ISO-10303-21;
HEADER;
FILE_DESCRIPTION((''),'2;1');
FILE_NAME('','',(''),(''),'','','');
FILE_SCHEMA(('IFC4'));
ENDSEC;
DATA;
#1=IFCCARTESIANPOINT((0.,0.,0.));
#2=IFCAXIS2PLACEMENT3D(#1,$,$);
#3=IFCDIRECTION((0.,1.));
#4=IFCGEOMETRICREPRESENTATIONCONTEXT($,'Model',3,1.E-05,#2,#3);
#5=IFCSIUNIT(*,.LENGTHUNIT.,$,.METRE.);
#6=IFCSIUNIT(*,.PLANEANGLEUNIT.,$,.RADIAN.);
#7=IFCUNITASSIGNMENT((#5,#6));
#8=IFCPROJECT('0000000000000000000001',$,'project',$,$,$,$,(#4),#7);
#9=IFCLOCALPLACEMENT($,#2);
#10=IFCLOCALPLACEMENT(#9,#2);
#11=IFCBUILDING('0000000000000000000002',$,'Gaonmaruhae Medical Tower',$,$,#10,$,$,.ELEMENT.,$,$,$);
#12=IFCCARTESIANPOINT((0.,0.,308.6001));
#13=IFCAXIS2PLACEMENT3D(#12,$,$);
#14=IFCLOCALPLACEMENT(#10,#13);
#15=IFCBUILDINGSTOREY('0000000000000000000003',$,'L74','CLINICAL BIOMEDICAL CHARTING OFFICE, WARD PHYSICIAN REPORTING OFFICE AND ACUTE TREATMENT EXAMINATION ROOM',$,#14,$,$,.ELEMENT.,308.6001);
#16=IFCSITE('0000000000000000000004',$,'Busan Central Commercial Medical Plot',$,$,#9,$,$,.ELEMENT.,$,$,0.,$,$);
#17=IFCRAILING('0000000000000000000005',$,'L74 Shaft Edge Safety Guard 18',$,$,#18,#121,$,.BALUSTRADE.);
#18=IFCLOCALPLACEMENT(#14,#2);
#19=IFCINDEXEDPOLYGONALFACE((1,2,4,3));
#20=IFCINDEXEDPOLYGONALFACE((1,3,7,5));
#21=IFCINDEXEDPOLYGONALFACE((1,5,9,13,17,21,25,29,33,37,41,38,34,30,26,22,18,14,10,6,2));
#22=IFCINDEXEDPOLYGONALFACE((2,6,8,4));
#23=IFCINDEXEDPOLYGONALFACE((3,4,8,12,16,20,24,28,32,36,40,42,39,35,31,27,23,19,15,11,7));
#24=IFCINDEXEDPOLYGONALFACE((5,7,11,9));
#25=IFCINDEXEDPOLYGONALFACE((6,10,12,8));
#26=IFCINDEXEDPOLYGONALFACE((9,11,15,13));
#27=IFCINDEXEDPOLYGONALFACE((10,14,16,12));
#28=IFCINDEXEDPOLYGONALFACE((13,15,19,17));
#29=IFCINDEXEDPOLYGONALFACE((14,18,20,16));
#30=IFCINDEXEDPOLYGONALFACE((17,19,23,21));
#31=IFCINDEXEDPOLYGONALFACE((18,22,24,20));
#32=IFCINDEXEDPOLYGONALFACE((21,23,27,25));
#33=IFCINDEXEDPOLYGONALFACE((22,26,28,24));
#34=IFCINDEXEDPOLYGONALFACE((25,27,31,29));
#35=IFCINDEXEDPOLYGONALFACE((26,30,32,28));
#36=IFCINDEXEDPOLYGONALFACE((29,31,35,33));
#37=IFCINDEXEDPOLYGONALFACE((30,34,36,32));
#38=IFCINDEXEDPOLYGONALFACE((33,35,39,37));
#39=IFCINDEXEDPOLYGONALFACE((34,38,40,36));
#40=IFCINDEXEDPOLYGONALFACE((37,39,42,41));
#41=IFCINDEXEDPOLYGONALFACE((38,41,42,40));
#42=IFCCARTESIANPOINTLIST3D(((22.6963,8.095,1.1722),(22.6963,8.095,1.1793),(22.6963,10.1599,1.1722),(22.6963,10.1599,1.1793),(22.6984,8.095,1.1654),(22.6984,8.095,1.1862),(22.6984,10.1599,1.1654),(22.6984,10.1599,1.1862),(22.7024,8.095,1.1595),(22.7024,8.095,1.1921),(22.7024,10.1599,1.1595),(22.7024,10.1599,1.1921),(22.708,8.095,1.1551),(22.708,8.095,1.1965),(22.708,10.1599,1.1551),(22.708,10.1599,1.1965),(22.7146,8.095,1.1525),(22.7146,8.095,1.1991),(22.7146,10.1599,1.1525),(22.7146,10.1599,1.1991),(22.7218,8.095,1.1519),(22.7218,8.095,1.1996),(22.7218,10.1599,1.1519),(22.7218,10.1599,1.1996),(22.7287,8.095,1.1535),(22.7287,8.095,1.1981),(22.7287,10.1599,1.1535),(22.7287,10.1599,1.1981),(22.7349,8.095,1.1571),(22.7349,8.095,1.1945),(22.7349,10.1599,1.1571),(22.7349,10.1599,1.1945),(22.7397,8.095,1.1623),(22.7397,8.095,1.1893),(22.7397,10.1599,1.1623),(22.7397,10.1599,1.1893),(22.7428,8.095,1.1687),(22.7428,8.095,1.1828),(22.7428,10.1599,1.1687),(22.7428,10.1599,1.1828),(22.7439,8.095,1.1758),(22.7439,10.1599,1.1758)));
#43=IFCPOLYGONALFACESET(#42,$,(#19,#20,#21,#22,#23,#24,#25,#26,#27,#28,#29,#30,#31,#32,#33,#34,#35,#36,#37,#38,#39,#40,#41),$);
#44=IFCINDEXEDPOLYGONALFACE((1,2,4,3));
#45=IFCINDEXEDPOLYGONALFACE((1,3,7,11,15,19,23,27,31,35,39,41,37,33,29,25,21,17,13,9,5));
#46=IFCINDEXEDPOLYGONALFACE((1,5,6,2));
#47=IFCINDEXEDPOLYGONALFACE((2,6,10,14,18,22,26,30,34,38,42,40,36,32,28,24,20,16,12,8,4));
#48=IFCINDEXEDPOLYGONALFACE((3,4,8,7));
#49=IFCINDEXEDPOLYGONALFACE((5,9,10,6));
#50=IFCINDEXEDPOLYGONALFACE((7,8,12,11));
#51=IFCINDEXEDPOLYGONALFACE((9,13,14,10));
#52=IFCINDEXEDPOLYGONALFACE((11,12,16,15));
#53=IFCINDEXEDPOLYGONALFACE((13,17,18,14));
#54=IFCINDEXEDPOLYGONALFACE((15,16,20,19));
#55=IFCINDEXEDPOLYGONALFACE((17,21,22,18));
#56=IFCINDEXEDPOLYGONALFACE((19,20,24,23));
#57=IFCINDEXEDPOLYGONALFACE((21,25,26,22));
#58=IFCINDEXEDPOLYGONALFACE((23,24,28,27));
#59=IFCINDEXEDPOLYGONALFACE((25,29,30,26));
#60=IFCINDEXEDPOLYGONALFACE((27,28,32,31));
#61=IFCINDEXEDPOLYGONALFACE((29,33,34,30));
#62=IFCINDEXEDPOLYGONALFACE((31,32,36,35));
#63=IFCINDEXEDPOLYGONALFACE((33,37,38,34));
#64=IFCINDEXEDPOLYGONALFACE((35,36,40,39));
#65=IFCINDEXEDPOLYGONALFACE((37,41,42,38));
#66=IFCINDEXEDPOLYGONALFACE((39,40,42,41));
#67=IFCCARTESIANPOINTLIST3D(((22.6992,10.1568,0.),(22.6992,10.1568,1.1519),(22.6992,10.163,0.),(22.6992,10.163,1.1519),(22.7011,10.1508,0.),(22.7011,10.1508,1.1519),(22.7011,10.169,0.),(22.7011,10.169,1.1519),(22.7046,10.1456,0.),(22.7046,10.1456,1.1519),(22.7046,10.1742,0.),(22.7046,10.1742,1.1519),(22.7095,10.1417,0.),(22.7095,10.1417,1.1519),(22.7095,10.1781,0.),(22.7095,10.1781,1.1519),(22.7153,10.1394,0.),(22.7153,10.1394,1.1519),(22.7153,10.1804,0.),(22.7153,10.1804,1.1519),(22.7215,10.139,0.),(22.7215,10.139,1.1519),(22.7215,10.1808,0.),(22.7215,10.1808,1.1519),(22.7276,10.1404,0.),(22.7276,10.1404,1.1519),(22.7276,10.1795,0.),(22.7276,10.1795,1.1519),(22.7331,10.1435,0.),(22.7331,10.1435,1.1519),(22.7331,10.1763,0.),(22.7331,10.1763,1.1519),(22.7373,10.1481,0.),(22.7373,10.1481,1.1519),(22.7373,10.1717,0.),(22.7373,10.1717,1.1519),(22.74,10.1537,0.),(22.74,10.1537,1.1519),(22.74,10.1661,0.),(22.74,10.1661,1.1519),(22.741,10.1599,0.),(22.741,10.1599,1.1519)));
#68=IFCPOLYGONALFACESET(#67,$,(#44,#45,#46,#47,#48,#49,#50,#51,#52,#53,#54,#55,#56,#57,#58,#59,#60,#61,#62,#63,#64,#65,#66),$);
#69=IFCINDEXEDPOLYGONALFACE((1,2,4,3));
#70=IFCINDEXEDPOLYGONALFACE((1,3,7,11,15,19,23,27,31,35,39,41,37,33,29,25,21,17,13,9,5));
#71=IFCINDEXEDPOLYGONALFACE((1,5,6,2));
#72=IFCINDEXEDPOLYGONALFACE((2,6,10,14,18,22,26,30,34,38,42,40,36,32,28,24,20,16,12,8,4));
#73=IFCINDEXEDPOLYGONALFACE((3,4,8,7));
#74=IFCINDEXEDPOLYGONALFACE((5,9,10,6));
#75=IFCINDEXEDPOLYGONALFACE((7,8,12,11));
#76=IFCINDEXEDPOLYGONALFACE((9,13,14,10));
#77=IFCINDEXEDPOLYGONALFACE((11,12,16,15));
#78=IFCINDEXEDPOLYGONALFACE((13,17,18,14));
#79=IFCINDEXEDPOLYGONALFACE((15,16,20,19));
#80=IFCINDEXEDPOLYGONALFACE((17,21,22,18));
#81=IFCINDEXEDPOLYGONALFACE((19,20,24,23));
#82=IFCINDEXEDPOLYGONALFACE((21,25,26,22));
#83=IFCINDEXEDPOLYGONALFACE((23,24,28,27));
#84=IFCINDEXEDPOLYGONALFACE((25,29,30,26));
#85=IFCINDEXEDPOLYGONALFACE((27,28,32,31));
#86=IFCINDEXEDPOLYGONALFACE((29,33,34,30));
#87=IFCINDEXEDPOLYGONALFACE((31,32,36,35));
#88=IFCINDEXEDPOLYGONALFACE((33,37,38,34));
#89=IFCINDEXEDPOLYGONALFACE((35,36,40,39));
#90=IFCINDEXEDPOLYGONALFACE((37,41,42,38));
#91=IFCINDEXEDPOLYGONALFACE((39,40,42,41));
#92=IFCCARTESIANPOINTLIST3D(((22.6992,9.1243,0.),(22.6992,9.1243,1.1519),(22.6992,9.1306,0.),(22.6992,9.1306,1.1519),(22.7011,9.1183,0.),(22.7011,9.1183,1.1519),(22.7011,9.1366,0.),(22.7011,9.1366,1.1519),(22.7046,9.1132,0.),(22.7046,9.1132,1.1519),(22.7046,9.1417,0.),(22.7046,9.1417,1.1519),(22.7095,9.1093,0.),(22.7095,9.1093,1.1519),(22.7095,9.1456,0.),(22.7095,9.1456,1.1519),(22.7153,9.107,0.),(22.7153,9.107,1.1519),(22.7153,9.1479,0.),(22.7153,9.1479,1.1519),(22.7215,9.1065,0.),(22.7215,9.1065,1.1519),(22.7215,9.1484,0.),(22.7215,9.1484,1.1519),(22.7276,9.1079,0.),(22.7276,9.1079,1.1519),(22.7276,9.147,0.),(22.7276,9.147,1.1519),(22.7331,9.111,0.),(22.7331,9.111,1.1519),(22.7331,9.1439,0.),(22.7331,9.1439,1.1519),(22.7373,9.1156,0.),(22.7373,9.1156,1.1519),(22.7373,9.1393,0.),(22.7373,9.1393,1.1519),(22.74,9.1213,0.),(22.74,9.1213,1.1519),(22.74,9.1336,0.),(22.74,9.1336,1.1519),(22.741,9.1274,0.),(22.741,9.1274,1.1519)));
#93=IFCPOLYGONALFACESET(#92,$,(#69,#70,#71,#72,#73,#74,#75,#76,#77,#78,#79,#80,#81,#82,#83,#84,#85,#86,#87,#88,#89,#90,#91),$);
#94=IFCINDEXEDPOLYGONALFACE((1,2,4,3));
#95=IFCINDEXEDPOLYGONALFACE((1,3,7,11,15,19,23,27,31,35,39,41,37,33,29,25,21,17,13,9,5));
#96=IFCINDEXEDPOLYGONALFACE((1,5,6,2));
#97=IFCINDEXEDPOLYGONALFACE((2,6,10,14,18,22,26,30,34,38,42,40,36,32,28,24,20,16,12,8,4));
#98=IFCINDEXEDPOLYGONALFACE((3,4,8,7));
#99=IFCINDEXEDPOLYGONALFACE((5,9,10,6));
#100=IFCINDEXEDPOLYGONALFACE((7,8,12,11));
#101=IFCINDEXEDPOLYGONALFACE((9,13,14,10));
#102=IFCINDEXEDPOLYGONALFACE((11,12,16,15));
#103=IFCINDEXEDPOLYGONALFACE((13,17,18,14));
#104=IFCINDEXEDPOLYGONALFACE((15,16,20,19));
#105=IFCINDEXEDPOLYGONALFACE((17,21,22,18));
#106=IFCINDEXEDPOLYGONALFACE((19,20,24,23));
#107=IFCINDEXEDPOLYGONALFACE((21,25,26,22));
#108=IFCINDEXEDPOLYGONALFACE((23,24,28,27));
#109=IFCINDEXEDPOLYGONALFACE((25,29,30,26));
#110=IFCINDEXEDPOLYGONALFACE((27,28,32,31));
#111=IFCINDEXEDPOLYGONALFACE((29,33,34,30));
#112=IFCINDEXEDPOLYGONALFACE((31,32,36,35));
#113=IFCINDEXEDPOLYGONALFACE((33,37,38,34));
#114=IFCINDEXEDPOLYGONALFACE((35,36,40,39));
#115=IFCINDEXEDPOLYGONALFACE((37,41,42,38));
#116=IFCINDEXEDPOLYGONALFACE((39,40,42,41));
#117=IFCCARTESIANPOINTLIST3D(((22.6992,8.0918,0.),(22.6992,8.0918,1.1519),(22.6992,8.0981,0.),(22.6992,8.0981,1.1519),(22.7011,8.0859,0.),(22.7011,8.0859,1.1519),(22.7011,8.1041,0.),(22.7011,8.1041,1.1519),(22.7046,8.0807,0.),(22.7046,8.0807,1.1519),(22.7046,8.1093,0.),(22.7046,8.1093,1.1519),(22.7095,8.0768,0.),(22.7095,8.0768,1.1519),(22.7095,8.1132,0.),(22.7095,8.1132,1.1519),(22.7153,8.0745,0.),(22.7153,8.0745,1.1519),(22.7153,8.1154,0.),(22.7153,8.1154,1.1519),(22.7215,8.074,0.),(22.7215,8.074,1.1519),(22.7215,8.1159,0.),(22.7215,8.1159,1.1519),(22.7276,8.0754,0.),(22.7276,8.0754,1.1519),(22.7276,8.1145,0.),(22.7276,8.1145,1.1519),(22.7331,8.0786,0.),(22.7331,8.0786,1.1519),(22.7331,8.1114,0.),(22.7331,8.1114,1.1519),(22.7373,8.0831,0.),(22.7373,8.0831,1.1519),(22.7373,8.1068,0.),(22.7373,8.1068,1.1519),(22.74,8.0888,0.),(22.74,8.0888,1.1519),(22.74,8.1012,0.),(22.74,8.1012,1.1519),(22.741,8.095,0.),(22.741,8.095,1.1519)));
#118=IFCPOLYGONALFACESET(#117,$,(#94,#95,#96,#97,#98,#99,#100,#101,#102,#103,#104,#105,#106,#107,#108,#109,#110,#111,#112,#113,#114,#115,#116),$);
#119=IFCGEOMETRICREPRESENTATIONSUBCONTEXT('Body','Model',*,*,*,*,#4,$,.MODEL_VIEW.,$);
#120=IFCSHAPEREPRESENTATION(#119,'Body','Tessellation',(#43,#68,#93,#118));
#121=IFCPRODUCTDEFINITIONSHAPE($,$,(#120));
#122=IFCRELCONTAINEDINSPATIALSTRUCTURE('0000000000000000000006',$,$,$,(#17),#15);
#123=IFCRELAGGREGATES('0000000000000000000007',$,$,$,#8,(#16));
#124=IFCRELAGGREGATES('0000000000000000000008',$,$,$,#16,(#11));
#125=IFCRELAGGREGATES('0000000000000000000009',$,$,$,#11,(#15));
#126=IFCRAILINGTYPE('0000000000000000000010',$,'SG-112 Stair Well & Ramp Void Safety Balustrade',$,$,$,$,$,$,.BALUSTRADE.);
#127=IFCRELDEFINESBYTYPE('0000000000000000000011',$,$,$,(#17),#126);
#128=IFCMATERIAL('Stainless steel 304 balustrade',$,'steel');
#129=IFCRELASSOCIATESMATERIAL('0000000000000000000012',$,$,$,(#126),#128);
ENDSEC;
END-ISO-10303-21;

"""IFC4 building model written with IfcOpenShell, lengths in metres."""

from ifc_helpers import new_model, si_unit, direction, frame, origin, origin_2d, place, context, subcontext, project, spatial, circle, extrude, material, type_object, element, save


model = new_model("IFC4")

# Units and contexts
model_context = context("Model", 3, precision=1e-05, world=origin(), true_north=direction((0.0, 1.0)))
body_context = subcontext(model_context, "Body", "Model", "MODEL_VIEW")
ifc_project = project(units=[si_unit("LENGTHUNIT", "METRE"), si_unit("PLANEANGLEUNIT", "RADIAN")], contexts=[model_context])

# Site, building, storey
site_placement = place(None, origin())
site = spatial("IfcSite", under=ifc_project, at=site_placement, Name="Busan Central Commercial Medical Plot", CompositionType="ELEMENT", RefElevation=0.0)
building_placement = place(site_placement, origin())
building = spatial("IfcBuilding", under=site, at=building_placement, Name="Gaonmaruhae Medical Tower", CompositionType="ELEMENT")
storey_placement = place(building_placement, frame((0.0, 0.0, 308.6001)))
storey = spatial("IfcBuildingStorey", under=building, at=storey_placement, Name="L74", Description="CLINICAL BIOMEDICAL CHARTING OFFICE, WARD PHYSICIAN REPORTING OFFICE AND ACUTE TREATMENT EXAMINATION ROOM", CompositionType="ELEMENT", Elevation=308.6001)

# Railing
ifc_material_1 = material(Name="Stainless steel 304 balustrade", Category="steel")
railing_type_1 = type_object("IfcRailingType", Name="SG-112 Stair Well & Ramp Void Safety Balustrade", PredefinedType="BALUSTRADE", material=ifc_material_1)
railing_1_placement = place(storey_placement, frame((22.72, 10.1599, 0.0)))
element("IfcRailing", 1, at=railing_1_placement, inside=storey, type_object=railing_type_1, Name="L74 Shaft Edge Safety Guard 18", PredefinedType="BALUSTRADE", context=body_context, shape_type="SweptSolid", body=[
    extrude(circle(Radius=0.0239, at=origin_2d()), frame((0.0, 0.0, 1.1758), z_axis=(0.0, -1.0, 0.0), x_axis=(1.0, 0.0, 0.0)), (0.0, 0.0, 1.0), 2.0649),
    extrude(circle(Radius=0.021, at=origin_2d()), origin(), (0.0, 0.0, 1.0), 1.1519),
    extrude(circle(Radius=0.021, at=origin_2d()), frame((0.0, -1.0325, 0.0)), (0.0, 0.0, 1.0), 1.1519),
    extrude(circle(Radius=0.021, at=origin_2d()), frame((0.0, -2.0649, 0.0)), (0.0, 0.0, 1.0), 1.1519),
])

save(model, "model.ifc")
